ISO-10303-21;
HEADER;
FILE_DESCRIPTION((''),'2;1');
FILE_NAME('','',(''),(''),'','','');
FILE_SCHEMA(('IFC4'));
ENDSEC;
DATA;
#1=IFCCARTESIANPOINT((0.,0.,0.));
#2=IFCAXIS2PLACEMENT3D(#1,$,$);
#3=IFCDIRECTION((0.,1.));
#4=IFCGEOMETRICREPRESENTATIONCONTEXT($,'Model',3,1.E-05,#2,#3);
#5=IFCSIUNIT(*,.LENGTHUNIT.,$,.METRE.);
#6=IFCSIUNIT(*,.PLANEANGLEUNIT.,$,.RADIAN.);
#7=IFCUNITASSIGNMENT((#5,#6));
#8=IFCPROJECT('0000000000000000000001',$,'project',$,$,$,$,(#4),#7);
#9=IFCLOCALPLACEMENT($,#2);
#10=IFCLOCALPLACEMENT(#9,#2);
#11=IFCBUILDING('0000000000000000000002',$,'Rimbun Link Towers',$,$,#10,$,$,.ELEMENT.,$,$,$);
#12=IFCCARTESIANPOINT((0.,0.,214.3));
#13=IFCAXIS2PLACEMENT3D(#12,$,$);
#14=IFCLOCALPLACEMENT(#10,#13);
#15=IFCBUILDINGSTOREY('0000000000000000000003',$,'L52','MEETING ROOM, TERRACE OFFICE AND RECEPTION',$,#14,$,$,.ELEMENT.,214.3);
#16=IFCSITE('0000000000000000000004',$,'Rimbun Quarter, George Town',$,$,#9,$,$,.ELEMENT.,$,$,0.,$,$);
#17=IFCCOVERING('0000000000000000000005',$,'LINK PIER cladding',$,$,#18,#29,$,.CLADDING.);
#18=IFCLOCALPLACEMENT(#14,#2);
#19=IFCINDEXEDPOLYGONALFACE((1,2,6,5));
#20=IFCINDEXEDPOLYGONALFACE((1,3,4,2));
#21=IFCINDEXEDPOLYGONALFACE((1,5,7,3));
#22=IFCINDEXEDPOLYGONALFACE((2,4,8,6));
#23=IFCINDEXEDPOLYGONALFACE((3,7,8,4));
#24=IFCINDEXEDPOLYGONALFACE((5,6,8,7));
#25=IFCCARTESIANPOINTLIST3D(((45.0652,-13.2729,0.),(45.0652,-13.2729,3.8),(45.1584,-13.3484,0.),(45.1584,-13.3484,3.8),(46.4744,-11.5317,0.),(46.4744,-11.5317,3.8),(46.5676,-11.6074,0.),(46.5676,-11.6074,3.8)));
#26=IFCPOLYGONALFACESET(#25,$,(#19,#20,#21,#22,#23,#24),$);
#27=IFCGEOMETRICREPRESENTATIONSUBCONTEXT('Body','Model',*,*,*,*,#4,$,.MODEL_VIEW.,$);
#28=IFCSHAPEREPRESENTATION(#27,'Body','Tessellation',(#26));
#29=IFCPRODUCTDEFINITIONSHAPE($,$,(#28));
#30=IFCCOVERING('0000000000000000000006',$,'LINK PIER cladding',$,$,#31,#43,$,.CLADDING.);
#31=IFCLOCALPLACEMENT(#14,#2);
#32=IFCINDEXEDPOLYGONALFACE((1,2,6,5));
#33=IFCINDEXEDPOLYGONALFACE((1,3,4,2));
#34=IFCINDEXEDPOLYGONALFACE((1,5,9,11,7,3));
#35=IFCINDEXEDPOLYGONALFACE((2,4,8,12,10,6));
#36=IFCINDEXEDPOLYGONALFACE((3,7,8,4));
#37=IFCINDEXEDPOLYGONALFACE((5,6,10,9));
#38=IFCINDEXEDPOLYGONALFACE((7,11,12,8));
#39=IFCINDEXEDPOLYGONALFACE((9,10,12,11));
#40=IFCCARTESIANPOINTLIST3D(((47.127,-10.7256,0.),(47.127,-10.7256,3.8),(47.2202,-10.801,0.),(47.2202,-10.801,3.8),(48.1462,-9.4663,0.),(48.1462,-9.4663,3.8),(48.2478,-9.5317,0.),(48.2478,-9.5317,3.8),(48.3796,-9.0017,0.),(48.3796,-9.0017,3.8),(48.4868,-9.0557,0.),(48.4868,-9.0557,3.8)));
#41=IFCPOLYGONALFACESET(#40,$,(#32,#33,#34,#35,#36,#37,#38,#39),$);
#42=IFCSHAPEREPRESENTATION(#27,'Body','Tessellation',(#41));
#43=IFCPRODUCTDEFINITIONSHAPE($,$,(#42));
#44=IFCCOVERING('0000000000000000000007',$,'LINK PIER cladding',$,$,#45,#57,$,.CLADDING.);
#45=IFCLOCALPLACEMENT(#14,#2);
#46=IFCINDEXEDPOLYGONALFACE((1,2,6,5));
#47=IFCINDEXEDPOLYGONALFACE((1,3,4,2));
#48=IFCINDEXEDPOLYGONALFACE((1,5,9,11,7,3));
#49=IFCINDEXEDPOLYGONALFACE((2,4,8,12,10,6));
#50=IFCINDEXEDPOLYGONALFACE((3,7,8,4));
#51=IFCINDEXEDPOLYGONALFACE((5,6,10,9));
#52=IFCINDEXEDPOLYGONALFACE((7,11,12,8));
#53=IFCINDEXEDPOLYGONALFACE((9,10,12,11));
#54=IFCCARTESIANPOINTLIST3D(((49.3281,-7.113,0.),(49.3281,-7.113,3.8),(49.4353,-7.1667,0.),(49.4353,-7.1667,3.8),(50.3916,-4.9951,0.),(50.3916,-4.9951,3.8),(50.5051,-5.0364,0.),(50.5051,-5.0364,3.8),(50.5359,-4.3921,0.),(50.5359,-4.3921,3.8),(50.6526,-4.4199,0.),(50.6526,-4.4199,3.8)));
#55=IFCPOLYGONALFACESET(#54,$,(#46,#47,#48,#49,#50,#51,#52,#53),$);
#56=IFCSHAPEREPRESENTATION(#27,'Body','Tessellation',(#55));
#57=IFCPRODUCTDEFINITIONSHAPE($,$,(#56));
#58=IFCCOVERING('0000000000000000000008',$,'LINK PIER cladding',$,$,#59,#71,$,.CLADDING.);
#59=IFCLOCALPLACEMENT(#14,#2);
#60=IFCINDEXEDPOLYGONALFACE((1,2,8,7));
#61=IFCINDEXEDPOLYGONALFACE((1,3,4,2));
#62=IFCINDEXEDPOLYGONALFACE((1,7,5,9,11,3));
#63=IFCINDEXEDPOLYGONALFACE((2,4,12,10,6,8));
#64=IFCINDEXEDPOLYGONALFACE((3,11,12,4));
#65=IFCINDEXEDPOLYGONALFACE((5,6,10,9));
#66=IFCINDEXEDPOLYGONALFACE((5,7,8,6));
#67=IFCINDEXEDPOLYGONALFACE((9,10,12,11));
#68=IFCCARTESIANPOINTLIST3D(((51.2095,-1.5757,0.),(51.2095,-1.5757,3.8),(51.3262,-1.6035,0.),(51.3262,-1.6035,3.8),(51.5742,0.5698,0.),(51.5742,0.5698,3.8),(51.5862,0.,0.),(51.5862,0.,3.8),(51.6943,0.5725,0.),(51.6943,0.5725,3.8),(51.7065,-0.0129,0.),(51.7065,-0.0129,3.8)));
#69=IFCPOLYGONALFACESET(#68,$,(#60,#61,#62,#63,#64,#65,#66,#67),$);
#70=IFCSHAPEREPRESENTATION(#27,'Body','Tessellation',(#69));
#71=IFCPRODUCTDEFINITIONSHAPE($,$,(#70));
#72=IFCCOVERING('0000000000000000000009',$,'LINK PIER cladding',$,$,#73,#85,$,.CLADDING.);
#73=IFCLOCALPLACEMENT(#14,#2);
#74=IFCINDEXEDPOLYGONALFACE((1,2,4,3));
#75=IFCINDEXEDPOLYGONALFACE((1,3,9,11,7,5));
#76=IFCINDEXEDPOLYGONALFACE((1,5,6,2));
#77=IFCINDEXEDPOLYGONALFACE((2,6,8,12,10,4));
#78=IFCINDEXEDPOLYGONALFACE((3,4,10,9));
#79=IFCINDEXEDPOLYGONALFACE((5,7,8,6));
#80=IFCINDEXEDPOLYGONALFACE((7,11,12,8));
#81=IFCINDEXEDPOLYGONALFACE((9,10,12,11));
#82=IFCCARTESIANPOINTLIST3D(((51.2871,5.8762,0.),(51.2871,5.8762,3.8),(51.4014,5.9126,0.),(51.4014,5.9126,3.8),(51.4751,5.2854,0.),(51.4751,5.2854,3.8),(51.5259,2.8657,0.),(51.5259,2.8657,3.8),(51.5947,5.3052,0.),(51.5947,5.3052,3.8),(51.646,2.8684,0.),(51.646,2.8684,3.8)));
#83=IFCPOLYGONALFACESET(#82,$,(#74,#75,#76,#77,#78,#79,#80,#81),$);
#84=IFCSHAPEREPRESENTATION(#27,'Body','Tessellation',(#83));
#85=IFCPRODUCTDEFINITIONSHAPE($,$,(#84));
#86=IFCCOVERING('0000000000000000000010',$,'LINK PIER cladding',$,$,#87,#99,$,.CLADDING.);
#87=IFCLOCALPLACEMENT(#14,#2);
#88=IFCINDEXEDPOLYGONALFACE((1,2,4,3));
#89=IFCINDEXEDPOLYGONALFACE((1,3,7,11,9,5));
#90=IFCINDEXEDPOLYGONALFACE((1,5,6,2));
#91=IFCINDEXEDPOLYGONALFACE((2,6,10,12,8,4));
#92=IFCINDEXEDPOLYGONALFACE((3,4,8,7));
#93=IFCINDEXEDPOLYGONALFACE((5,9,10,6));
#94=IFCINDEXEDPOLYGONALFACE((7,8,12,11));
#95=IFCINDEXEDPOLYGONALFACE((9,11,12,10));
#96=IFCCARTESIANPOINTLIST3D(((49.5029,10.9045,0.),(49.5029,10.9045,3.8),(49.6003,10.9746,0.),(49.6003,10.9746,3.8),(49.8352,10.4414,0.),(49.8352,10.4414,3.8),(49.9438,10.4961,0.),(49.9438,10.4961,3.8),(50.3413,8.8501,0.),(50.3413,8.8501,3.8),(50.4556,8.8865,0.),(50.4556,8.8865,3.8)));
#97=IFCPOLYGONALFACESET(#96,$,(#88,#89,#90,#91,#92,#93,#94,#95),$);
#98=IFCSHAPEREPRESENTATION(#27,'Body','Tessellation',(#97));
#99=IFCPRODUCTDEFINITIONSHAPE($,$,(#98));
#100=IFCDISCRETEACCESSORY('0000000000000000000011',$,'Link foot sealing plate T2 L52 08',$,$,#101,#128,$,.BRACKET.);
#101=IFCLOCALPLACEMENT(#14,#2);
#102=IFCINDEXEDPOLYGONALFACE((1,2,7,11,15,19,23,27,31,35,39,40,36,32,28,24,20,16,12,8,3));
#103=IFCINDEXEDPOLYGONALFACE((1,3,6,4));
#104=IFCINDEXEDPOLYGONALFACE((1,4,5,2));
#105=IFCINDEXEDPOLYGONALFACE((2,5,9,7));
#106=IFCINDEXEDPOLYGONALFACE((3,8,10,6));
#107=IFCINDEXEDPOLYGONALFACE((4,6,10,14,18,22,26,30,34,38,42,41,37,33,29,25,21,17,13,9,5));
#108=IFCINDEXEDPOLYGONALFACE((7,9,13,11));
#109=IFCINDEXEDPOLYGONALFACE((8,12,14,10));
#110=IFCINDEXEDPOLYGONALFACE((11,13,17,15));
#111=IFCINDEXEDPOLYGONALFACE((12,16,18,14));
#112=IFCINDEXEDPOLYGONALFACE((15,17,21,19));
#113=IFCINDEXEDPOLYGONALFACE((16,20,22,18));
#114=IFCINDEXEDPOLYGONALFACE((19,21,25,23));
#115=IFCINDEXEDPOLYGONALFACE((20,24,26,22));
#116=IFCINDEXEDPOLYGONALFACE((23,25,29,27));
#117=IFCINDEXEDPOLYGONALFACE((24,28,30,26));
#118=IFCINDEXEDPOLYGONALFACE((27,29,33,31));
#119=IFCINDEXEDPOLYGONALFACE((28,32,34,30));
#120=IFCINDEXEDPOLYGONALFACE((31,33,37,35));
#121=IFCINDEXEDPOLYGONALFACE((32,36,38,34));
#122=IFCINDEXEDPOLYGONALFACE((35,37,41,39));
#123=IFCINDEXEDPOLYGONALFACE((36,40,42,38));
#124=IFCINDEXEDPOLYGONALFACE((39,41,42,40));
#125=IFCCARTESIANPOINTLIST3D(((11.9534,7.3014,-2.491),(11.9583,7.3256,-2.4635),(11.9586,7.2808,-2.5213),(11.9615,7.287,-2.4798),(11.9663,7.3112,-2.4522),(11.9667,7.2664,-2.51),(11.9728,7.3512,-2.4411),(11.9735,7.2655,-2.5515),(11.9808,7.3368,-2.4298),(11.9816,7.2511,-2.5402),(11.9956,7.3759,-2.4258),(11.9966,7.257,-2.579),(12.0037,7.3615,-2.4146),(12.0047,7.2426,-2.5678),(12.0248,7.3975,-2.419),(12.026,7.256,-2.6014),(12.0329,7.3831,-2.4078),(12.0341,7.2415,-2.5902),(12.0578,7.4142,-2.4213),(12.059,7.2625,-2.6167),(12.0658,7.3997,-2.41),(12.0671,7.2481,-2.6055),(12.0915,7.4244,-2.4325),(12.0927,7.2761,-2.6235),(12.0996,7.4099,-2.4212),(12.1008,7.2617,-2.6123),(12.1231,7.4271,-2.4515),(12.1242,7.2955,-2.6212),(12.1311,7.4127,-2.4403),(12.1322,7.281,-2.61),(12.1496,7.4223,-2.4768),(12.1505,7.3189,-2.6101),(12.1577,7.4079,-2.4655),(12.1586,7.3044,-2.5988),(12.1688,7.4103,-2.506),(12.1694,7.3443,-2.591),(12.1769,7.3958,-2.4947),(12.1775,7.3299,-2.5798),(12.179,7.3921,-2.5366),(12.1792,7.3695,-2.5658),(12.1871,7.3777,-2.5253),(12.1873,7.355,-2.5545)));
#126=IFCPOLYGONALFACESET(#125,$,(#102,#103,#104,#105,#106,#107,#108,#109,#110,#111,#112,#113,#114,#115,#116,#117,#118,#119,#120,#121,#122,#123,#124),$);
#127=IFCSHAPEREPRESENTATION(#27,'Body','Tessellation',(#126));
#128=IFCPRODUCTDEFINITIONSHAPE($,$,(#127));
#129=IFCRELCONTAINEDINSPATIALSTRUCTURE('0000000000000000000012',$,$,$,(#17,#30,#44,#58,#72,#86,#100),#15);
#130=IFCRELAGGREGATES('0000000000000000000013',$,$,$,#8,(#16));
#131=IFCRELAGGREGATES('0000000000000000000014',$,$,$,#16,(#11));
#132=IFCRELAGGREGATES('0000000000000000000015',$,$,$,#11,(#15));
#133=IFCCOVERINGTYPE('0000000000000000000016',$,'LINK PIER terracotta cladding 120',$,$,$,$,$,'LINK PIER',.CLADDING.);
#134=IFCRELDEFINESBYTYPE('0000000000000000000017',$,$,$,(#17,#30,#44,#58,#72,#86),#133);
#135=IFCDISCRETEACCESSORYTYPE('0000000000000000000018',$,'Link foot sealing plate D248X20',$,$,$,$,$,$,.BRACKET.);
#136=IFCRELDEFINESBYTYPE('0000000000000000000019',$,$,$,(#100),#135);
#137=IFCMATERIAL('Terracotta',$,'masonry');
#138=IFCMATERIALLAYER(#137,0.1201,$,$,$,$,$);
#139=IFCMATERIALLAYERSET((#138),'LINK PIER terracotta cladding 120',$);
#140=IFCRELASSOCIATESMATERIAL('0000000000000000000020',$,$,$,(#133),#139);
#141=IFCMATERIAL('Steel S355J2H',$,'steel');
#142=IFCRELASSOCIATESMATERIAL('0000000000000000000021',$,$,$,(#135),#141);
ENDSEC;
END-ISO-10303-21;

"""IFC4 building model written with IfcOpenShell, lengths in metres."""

from ifc_helpers import new_model, si_unit, direction, frame, origin, origin_2d, place, context, subcontext, project, spatial, polyline, circle, outline, extrude, material, layer, layer_set, material_profile, profile_set, type_object, element, save


model = new_model("IFC4")

# Units and contexts
model_context = context("Model", 3, precision=1e-05, world=origin(), true_north=direction((0.0, 1.0)))
body_context = subcontext(model_context, "Body", "Model", "MODEL_VIEW")
ifc_project = project(units=[si_unit("LENGTHUNIT", "METRE"), si_unit("PLANEANGLEUNIT", "RADIAN")], contexts=[model_context])

# Site, building, storey
site_placement = place(None, origin())
site = spatial("IfcSite", under=ifc_project, at=site_placement, Name="Rimbun Quarter, George Town", CompositionType="ELEMENT", RefElevation=0.0)
building_placement = place(site_placement, origin())
building = spatial("IfcBuilding", under=site, at=building_placement, Name="Rimbun Link Towers", CompositionType="ELEMENT")
storey_placement = place(building_placement, frame((0.0, 0.0, 214.3)))
storey = spatial("IfcBuildingStorey", under=building, at=storey_placement, Name="L52", Description="MEETING ROOM, TERRACE OFFICE AND RECEPTION", CompositionType="ELEMENT", Elevation=214.3)

# Coverings
ifc_material_1 = material(Name="Terracotta", Category="masonry")
ifc_layer_1 = layer(ifc_material_1, 0.1201)
ifc_layer_set_1 = layer_set([ifc_layer_1], Name="LINK PIER terracotta cladding 120")
covering_type_1 = type_object("IfcCoveringType", Name="LINK PIER terracotta cladding 120", ElementType="LINK PIER", PredefinedType="CLADDING", material=ifc_layer_set_1)
covering_1_placement = place(storey_placement, origin())
element("IfcCovering", 1, at=covering_1_placement, inside=storey, type_object=covering_type_1, Name="LINK PIER cladding", PredefinedType="CLADDING", context=body_context, shape_type="SweptSolid", body=[
    extrude(outline(polyline([(46.4744, -11.5317), (45.0652, -13.2729), (45.1584, -13.3484), (46.5676, -11.6074), (46.4744, -11.5317)])), origin(), (0.0, 0.0, 1.0), 3.8),
])
covering_2_placement = place(storey_placement, origin())
element("IfcCovering", 2, at=covering_2_placement, inside=storey, type_object=covering_type_1, Name="LINK PIER cladding", PredefinedType="CLADDING", context=body_context, shape_type="SweptSolid", body=[
    extrude(outline(polyline([(48.3796, -9.0017), (48.1462, -9.4663), (47.127, -10.7256), (47.2202, -10.801), (48.2478, -9.5317), (48.4868, -9.0557), (48.3796, -9.0017)])), origin(), (0.0, 0.0, 1.0), 3.8),
])
covering_3_placement = place(storey_placement, origin())
element("IfcCovering", 3, at=covering_3_placement, inside=storey, type_object=covering_type_1, Name="LINK PIER cladding", PredefinedType="CLADDING", context=body_context, shape_type="SweptSolid", body=[
    extrude(outline(polyline([(50.5359, -4.3921), (50.3916, -4.9951), (49.3281, -7.113), (49.4353, -7.1667), (50.5051, -5.0364), (50.6526, -4.4199), (50.5359, -4.3921)])), origin(), (0.0, 0.0, 1.0), 3.8),
])
covering_4_placement = place(storey_placement, origin())
element("IfcCovering", 4, at=covering_4_placement, inside=storey, type_object=covering_type_1, Name="LINK PIER cladding", PredefinedType="CLADDING", context=body_context, shape_type="SweptSolid", body=[
    extrude(outline(polyline([(51.5742, 0.5698), (51.5862, 0.0), (51.2095, -1.5757), (51.3262, -1.6035), (51.7065, -0.0129), (51.6943, 0.5725), (51.5742, 0.5698)])), origin(), (0.0, 0.0, 1.0), 3.8),
])
covering_5_placement = place(storey_placement, origin())
element("IfcCovering", 5, at=covering_5_placement, inside=storey, type_object=covering_type_1, Name="LINK PIER cladding", PredefinedType="CLADDING", context=body_context, shape_type="SweptSolid", body=[
    extrude(outline(polyline([(51.2871, 5.8762), (51.4751, 5.2854), (51.5259, 2.8657), (51.646, 2.8684), (51.5947, 5.3052), (51.4014, 5.9126), (51.2871, 5.8762)])), origin(), (0.0, 0.0, 1.0), 3.8),
])
covering_6_placement = place(storey_placement, origin())
element("IfcCovering", 6, at=covering_6_placement, inside=storey, type_object=covering_type_1, Name="LINK PIER cladding", PredefinedType="CLADDING", context=body_context, shape_type="SweptSolid", body=[
    extrude(outline(polyline([(49.5029, 10.9045), (49.8352, 10.4414), (50.3413, 8.8501), (50.4556, 8.8865), (49.9438, 10.4961), (49.6003, 10.9746), (49.5029, 10.9045)])), origin(), (0.0, 0.0, 1.0), 3.8),
])

# Discrete accessory
ifc_material_2 = material(Name="Steel S355J2H", Category="steel")
ifc_material_profile_1 = material_profile(ifc_material_2, circle(Radius=0.124, at=origin_2d()), Name="PL D248")
ifc_profile_set_1 = profile_set([ifc_material_profile_1], Name="Steel S355J2H")
discrete_accessory_type = type_object("IfcDiscreteAccessoryType", Name="Link foot sealing plate D248X20", PredefinedType="BRACKET", material=ifc_profile_set_1)
discrete_accessory_placement = place(storey_placement, frame((12.075, 7.3269, -2.51), z_axis=(-0.403581, 0.721554, -0.562568), x_axis=(-0.872758, -0.488153, 0.0)))
element("IfcDiscreteAccessory", 7, at=discrete_accessory_placement, inside=storey, type_object=discrete_accessory_type, Name="Link foot sealing plate T2 L52 08", PredefinedType="BRACKET", context=body_context, shape_type="SweptSolid", body=[
    extrude(circle(Radius=0.124, at=origin_2d()), origin(), (0.0, 0.0, 1.0), 0.02),
])

save(model, "model.ifc")
